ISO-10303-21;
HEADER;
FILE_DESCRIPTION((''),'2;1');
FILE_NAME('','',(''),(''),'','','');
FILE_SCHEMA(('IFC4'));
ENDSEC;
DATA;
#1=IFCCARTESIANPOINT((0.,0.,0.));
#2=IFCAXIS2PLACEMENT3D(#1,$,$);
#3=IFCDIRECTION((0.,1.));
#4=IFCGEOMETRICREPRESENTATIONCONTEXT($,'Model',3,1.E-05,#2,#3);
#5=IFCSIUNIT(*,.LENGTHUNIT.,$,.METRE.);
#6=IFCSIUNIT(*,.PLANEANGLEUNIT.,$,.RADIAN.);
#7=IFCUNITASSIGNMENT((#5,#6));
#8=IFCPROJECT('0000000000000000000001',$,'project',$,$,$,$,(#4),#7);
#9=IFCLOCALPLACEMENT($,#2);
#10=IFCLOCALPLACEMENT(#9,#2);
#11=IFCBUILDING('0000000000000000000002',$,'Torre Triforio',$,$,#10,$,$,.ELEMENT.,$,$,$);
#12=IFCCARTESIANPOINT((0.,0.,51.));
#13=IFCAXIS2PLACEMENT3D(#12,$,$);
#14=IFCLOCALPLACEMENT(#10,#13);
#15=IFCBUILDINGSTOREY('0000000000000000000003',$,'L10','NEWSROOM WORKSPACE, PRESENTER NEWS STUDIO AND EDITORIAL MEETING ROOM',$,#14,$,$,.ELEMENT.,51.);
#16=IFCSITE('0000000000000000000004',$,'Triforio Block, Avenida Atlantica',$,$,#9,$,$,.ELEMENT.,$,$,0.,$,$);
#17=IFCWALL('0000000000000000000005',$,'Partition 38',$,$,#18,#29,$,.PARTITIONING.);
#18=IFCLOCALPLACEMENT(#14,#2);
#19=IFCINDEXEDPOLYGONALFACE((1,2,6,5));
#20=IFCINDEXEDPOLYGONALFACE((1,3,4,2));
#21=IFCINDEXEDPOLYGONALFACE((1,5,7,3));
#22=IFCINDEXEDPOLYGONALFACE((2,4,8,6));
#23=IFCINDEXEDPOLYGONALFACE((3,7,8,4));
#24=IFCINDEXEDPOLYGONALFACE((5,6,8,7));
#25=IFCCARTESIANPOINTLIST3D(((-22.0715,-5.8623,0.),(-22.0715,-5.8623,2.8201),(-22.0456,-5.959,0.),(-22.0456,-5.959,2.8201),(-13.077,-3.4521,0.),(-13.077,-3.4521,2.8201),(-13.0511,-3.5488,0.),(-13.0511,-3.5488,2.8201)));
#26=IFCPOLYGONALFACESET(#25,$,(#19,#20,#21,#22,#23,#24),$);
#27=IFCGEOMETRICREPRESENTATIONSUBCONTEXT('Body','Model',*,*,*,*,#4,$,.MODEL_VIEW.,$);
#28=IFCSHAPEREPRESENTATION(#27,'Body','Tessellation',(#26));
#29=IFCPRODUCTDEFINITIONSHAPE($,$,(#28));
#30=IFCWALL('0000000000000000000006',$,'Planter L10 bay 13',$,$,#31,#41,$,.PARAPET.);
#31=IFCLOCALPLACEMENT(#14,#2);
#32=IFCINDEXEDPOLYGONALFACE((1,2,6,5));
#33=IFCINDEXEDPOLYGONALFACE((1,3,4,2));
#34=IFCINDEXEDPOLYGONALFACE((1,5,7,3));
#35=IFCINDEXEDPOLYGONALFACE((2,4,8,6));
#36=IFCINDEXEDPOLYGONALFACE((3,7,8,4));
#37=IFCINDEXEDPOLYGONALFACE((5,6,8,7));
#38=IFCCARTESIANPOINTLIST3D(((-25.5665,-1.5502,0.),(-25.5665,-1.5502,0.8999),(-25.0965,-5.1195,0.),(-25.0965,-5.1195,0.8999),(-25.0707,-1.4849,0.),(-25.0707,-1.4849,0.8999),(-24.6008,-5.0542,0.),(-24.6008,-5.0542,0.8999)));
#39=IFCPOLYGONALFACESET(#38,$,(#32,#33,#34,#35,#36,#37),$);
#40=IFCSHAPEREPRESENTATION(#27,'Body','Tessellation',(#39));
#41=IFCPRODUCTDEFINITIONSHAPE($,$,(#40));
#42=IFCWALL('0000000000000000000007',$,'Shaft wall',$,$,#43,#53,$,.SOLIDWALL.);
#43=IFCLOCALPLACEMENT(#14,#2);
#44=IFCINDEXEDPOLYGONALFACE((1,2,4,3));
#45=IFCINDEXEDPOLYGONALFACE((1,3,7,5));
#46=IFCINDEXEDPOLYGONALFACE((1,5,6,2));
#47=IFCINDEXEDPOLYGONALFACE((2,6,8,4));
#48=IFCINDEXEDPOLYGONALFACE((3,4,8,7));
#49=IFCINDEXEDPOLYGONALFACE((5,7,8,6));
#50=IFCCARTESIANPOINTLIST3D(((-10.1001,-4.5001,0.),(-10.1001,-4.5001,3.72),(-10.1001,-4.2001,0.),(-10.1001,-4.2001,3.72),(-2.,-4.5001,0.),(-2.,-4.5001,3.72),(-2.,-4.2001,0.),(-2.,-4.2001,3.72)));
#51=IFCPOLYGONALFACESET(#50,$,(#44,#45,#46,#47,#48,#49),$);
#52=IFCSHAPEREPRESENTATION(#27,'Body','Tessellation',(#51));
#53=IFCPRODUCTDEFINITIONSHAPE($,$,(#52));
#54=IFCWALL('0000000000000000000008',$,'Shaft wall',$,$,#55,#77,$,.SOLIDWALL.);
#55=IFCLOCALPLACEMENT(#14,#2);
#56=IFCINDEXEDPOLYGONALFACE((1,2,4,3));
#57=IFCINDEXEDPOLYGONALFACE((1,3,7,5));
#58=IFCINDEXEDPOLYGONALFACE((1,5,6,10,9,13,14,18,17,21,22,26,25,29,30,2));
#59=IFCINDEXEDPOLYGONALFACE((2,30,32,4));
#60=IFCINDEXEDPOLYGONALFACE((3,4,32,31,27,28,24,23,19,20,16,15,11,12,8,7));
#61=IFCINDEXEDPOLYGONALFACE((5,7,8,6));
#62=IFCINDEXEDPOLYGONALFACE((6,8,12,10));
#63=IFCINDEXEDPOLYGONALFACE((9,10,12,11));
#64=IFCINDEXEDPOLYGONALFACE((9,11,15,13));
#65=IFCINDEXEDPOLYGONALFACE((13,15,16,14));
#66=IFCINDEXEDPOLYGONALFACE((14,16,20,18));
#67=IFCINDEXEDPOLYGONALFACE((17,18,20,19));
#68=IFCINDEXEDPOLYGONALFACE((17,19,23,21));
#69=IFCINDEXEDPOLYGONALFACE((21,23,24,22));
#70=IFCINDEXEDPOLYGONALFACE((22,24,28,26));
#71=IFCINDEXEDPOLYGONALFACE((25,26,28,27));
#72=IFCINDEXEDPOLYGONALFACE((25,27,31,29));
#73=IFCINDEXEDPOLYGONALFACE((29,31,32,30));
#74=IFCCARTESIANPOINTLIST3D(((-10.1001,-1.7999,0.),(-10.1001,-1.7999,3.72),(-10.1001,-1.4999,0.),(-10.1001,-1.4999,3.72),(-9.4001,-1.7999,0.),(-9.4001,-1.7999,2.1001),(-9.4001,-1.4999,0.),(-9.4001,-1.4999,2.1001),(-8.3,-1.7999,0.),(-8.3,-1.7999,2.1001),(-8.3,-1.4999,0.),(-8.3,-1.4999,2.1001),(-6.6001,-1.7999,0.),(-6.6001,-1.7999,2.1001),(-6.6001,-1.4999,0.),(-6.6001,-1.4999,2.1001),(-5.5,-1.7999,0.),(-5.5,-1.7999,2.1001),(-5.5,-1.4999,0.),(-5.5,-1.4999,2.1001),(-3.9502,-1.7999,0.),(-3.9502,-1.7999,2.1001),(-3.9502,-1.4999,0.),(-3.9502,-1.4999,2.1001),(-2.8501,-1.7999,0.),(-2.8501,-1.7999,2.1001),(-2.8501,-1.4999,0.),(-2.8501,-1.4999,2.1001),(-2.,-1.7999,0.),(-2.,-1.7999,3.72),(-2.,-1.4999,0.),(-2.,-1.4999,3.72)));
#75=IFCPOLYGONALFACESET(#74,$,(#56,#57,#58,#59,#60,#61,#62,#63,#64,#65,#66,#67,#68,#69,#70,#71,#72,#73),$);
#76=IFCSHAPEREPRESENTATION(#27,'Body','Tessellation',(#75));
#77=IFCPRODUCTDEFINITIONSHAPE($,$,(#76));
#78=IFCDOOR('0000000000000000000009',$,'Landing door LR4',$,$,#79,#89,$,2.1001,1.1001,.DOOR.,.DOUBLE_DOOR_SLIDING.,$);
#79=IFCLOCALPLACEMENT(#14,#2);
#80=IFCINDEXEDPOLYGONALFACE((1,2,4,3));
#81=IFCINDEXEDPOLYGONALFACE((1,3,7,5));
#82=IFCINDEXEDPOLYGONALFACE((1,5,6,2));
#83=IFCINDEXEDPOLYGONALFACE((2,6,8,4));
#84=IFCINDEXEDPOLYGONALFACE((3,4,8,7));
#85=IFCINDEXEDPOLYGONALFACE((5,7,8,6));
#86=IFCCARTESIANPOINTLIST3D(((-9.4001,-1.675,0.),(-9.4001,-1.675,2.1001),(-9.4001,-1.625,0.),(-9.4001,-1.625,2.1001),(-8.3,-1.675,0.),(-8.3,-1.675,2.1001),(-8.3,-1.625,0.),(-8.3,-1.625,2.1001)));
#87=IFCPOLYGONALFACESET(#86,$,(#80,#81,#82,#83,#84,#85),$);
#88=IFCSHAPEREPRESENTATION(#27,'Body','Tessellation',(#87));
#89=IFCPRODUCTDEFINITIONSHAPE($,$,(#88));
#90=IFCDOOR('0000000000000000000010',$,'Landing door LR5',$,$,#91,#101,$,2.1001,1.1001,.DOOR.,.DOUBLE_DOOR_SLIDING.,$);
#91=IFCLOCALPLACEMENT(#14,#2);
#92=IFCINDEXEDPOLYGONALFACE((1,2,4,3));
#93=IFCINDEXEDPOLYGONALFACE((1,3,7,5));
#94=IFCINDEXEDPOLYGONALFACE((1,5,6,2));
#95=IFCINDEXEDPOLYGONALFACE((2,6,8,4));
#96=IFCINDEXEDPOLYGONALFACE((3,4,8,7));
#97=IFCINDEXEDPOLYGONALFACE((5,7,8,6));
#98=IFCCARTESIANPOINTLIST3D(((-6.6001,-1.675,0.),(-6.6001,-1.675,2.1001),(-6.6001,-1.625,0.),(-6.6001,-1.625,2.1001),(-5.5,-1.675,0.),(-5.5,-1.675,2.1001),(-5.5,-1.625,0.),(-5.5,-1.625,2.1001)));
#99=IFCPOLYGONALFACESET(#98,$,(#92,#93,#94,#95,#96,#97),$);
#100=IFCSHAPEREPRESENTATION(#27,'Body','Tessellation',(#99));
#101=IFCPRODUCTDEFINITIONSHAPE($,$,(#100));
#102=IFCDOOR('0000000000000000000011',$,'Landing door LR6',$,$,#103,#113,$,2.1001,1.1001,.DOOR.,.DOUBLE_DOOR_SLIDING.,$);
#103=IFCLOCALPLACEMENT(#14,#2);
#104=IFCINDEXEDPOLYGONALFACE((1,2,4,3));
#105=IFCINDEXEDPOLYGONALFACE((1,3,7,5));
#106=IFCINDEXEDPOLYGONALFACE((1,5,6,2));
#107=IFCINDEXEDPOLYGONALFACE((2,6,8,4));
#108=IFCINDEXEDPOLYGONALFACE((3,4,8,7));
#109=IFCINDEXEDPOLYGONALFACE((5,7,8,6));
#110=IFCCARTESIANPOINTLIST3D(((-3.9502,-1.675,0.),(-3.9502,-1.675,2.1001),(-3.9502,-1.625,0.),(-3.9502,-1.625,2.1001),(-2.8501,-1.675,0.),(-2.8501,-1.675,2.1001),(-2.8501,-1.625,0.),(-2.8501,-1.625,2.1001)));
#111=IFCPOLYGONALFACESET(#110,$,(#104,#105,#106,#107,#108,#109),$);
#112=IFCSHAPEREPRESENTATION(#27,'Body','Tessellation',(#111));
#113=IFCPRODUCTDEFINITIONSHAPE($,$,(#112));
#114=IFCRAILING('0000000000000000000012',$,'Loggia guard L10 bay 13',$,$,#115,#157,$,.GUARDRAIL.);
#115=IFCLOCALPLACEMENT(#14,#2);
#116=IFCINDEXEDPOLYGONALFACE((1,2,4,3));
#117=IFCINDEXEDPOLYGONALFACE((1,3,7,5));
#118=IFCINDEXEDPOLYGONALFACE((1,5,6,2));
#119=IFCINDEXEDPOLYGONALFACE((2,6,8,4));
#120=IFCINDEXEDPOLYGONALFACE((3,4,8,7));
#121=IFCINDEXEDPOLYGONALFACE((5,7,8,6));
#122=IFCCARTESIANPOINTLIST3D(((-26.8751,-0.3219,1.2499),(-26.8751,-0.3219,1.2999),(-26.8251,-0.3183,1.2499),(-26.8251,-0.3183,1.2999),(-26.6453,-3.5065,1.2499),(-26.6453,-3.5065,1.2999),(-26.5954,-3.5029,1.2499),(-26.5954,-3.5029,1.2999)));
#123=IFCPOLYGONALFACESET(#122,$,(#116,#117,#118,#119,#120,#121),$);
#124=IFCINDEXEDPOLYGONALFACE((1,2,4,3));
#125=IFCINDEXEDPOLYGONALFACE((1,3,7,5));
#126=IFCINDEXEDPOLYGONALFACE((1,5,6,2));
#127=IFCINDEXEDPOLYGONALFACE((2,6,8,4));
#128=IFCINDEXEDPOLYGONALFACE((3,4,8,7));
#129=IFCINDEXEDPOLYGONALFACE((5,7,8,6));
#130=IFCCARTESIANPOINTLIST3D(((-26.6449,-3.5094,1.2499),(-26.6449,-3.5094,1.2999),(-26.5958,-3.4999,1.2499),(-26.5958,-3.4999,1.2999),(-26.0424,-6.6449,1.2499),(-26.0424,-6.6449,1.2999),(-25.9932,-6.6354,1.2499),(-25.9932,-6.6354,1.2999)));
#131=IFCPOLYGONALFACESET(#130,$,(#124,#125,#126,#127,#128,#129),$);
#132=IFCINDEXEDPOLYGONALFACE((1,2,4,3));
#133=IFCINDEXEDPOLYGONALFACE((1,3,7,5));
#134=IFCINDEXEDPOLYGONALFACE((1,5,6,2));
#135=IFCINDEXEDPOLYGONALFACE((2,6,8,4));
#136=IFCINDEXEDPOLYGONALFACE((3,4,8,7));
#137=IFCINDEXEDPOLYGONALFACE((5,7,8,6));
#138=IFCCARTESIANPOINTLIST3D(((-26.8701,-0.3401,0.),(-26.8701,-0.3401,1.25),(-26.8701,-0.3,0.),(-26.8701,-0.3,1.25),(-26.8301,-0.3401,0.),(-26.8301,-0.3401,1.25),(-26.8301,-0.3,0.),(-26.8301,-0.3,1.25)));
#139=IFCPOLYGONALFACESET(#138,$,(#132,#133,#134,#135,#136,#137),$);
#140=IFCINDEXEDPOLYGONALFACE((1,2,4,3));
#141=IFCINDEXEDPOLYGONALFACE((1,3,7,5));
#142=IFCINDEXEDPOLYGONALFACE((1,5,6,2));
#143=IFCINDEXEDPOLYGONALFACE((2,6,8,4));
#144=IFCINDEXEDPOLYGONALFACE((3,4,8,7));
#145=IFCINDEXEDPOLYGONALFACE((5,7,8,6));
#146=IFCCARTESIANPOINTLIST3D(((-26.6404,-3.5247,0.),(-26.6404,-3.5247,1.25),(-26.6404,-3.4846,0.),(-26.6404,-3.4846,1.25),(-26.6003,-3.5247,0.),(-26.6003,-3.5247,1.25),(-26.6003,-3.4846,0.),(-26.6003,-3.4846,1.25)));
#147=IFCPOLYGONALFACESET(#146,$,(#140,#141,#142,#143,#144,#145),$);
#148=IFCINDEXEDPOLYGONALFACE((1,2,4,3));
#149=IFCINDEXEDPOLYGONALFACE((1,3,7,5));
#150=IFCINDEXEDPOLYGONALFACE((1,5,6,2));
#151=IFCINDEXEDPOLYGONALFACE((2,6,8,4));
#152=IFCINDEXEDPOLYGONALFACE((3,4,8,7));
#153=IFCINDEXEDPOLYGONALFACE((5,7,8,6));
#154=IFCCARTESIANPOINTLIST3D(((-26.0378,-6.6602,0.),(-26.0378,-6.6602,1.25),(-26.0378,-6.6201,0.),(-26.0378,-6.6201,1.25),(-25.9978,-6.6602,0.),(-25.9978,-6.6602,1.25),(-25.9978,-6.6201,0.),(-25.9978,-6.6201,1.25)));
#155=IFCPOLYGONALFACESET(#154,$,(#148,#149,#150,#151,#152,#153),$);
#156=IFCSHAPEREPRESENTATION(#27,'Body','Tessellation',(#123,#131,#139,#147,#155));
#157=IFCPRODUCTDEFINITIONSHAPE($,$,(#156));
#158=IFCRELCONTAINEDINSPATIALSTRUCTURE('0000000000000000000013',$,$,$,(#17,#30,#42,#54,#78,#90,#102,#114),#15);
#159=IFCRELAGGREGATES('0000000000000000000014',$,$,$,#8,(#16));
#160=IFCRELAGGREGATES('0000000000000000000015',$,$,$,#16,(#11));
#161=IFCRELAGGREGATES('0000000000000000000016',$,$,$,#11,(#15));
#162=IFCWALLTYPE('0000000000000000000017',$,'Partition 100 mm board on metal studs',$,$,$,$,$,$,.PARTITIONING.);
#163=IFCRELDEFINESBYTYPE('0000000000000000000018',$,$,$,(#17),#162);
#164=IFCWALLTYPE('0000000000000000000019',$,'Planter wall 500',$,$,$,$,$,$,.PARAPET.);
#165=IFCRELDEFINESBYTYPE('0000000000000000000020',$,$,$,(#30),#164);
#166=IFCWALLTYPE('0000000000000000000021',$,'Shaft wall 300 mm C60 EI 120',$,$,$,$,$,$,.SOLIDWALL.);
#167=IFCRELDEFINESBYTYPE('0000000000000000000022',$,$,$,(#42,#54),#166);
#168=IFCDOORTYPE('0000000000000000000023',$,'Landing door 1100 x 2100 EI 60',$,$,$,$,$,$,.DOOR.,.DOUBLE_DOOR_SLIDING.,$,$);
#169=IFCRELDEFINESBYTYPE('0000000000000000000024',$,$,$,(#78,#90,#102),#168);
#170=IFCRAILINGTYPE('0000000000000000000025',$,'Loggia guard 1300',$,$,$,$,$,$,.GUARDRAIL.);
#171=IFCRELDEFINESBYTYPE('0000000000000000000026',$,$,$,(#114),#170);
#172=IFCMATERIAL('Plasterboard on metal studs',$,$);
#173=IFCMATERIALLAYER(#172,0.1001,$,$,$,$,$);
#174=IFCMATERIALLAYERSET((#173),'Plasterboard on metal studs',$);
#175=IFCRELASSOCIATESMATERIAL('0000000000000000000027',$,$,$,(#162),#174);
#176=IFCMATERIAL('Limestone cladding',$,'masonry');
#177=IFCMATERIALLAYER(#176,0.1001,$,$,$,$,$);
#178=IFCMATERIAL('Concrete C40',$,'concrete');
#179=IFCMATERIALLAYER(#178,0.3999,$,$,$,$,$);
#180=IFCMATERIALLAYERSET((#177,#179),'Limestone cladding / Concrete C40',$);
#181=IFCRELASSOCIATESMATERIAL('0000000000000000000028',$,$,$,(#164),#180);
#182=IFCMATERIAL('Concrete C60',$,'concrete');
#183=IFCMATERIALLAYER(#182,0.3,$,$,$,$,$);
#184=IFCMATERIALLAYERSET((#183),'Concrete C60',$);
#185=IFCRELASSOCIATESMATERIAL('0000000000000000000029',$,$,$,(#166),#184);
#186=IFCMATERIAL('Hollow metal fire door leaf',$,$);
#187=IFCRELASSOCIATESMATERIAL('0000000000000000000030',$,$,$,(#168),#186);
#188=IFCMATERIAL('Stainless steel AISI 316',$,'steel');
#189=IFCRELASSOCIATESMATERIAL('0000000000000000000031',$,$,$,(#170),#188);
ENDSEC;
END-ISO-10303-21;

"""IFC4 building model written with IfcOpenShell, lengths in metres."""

from ifc_helpers import new_model, si_unit, direction, frame, frame_2d, origin, origin_2d, place, context, subcontext, project, spatial, rectangle, extrude, material, layer, layer_set, type_object, element, fill, save


model = new_model("IFC4")

# Units and contexts
model_context = context("Model", 3, precision=1e-05, world=origin(), true_north=direction((0.0, 1.0)))
body_context = subcontext(model_context, "Body", "Model", "MODEL_VIEW")
ifc_project = project(units=[si_unit("LENGTHUNIT", "METRE"), si_unit("PLANEANGLEUNIT", "RADIAN")], contexts=[model_context])

# Site, building, storey
site_placement = place(None, origin())
site = spatial("IfcSite", under=ifc_project, at=site_placement, Name="Triforio Block, Avenida Atlantica", CompositionType="ELEMENT", RefElevation=0.0)
building_placement = place(site_placement, origin())
building = spatial("IfcBuilding", under=site, at=building_placement, Name="Torre Triforio", CompositionType="ELEMENT")
storey_placement = place(building_placement, frame((0.0, 0.0, 51.0)))
storey = spatial("IfcBuildingStorey", under=building, at=storey_placement, Name="L10", Description="NEWSROOM WORKSPACE, PRESENTER NEWS STUDIO AND EDITORIAL MEETING ROOM", CompositionType="ELEMENT", Elevation=51.0)

# Shared definitions
ifc_material_1 = material(Name="Concrete C60", Category="concrete")
ifc_material_2 = material(Name="Hollow metal fire door leaf")

# Shared definitions
ifc_material_3 = material(Name="Plasterboard on metal studs")

# Walls
ifc_layer_1 = layer(ifc_material_3, 0.1001)
ifc_layer_set_1 = layer_set([ifc_layer_1], Name="Plasterboard on metal studs")
wall_type_1 = type_object("IfcWallType", Name="Partition 100 mm board on metal studs", PredefinedType="PARTITIONING", material=ifc_layer_set_1)
wall_1_placement = place(storey_placement, frame((-13.0642, -3.5005, 0.0), z_axis=(0.0, 0.0, 1.0), x_axis=(-0.965923, -0.258831, 0.0)))
element("IfcWall", 1, at=wall_1_placement, inside=storey, type_object=wall_type_1, Name="Partition 38", PredefinedType="PARTITIONING", context=body_context, shape_type="SweptSolid", body=[
    extrude(rectangle(XDim=9.3118, YDim=0.1001, at=frame_2d((4.6558, 0.0))), origin(), (0.0, 0.0, 1.0), 2.8201),
])
ifc_material_4 = material(Name="Limestone cladding", Category="masonry")
ifc_layer_2 = layer(ifc_material_4, 0.1001)
ifc_material_5 = material(Name="Concrete C40", Category="concrete")
ifc_layer_3 = layer(ifc_material_5, 0.3999)
ifc_layer_set_2 = layer_set([ifc_layer_2, ifc_layer_3], Name="Limestone cladding / Concrete C40")
wall_type_2 = type_object("IfcWallType", Name="Planter wall 500", PredefinedType="PARAPET", material=ifc_layer_set_2)
wall_2_placement = place(storey_placement, frame((-25.3186, -1.5176, 0.0), z_axis=(0.0, 0.0, 1.0), x_axis=(0.130542, -0.991443, 0.0)))
element("IfcWall", 2, at=wall_2_placement, inside=storey, type_object=wall_type_2, Name="Planter L10 bay 13", PredefinedType="PARAPET", context=body_context, shape_type="SweptSolid", body=[
    extrude(rectangle(XDim=3.6001, YDim=0.5, at=frame_2d((1.8, 0.0))), origin(), (0.0, 0.0, 1.0), 0.8999),
])
ifc_layer_4 = layer(ifc_material_1, 0.3)
ifc_layer_set_3 = layer_set([ifc_layer_4], Name="Concrete C60")
wall_type_3 = type_object("IfcWallType", Name="Shaft wall 300 mm C60 EI 120", PredefinedType="SOLIDWALL", material=ifc_layer_set_3)
wall_3_placement = place(storey_placement, frame((-10.1001, -4.3501, 0.0), z_axis=(0.0, 0.0, 1.0), x_axis=(1.0, 0.0, 0.0)))
element("IfcWall", 3, at=wall_3_placement, inside=storey, type_object=wall_type_3, Name="Shaft wall", PredefinedType="SOLIDWALL", context=body_context, shape_type="SweptSolid", body=[
    extrude(rectangle(XDim=8.1001, YDim=0.3, at=frame_2d((4.05, 0.0))), origin(), (0.0, 0.0, 1.0), 3.72),
])

# Wall, openings, doors
wall_4_placement = place(storey_placement, frame((-10.1001, -1.6499, 0.0), z_axis=(0.0, 0.0, 1.0), x_axis=(1.0, 0.0, 0.0)))
wall_4 = element("IfcWall", 4, at=wall_4_placement, inside=storey, type_object=wall_type_3, Name="Shaft wall", PredefinedType="SOLIDWALL", context=body_context, shape_type="SweptSolid", body=[
    extrude(rectangle(XDim=8.1001, YDim=0.3, at=frame_2d((4.05, 0.0))), origin(), (0.0, 0.0, 1.0), 3.72),
])
opening_1_placement = place(wall_4_placement, frame((0.7, 0.0, 0.0)))
opening_1 = element("IfcOpeningElement", 5, at=opening_1_placement, cuts=wall_4, PredefinedType="OPENING", context=body_context, shape_type="SweptSolid", body=[
    extrude(rectangle(XDim=1.1001, YDim=2.1001, at=frame_2d((0.55, 1.05))), frame((0.0, 0.1599, 0.0), z_axis=(0.0, -1.0, 0.0), x_axis=(1.0, 0.0, 0.0)), (0.0, 0.0, 1.0), 0.3201),
])
opening_2_placement = place(wall_4_placement, frame((3.5, 0.0, 0.0)))
opening_2 = element("IfcOpeningElement", 6, at=opening_2_placement, cuts=wall_4, PredefinedType="OPENING", context=body_context, shape_type="SweptSolid", body=[
    extrude(rectangle(XDim=1.1001, YDim=2.1001, at=frame_2d((0.55, 1.05))), frame((0.0, 0.1599, 0.0), z_axis=(0.0, -1.0, 0.0), x_axis=(1.0, 0.0, 0.0)), (0.0, 0.0, 1.0), 0.3201),
])
opening_3_placement = place(wall_4_placement, frame((6.1499, 0.0, 0.0)))
opening_3 = element("IfcOpeningElement", 7, at=opening_3_placement, cuts=wall_4, PredefinedType="OPENING", context=body_context, shape_type="SweptSolid", body=[
    extrude(rectangle(XDim=1.1001, YDim=2.1001, at=frame_2d((0.55, 1.05))), frame((0.0, 0.1599, 0.0), z_axis=(0.0, -1.0, 0.0), x_axis=(1.0, 0.0, 0.0)), (0.0, 0.0, 1.0), 0.3201),
])
door_type_1 = type_object("IfcDoorType", Name="Landing door 1100 x 2100 EI 60", OperationType="DOUBLE_DOOR_SLIDING", PredefinedType="DOOR", material=ifc_material_2)
door_1_placement = place(opening_1_placement, origin())
door_1 = element("IfcDoor", 8, at=door_1_placement, inside=storey, type_object=door_type_1, Name="Landing door LR4", OperationType="DOUBLE_DOOR_SLIDING", OverallHeight=2.1001, OverallWidth=1.1001, PredefinedType="DOOR", context=body_context, shape_type="SweptSolid", body=[
    extrude(rectangle(XDim=1.1001, YDim=2.1001, at=frame_2d((0.55, 1.05))), frame((0.0, 0.0249, 0.0), z_axis=(0.0, -1.0, 0.0), x_axis=(1.0, 0.0, 0.0)), (0.0, 0.0, 1.0), 0.05),
])
fill(opening_1, door_1)
door_2_placement = place(opening_2_placement, origin())
door_2 = element("IfcDoor", 9, at=door_2_placement, inside=storey, type_object=door_type_1, Name="Landing door LR5", OperationType="DOUBLE_DOOR_SLIDING", OverallHeight=2.1001, OverallWidth=1.1001, PredefinedType="DOOR", context=body_context, shape_type="SweptSolid", body=[
    extrude(rectangle(XDim=1.1001, YDim=2.1001, at=frame_2d((0.55, 1.05))), frame((0.0, 0.0249, 0.0), z_axis=(0.0, -1.0, 0.0), x_axis=(1.0, 0.0, 0.0)), (0.0, 0.0, 1.0), 0.05),
])
fill(opening_2, door_2)
door_3_placement = place(opening_3_placement, origin())
door_3 = element("IfcDoor", 10, at=door_3_placement, inside=storey, type_object=door_type_1, Name="Landing door LR6", OperationType="DOUBLE_DOOR_SLIDING", OverallHeight=2.1001, OverallWidth=1.1001, PredefinedType="DOOR", context=body_context, shape_type="SweptSolid", body=[
    extrude(rectangle(XDim=1.1001, YDim=2.1001, at=frame_2d((0.55, 1.05))), frame((0.0, 0.0249, 0.0), z_axis=(0.0, -1.0, 0.0), x_axis=(1.0, 0.0, 0.0)), (0.0, 0.0, 1.0), 0.05),
])
fill(opening_3, door_3)

# Railing
ifc_material_6 = material(Name="Stainless steel AISI 316", Category="steel")
railing_type = type_object("IfcRailingType", Name="Loggia guard 1300", PredefinedType="GUARDRAIL", material=ifc_material_6)
railing_placement = place(storey_placement, frame((-26.8501, -0.3201, 0.0)))
element("IfcRailing", 11, at=railing_placement, inside=storey, type_object=railing_type, Name="Loggia guard L10 bay 13", PredefinedType="GUARDRAIL", context=body_context, shape_type="SweptSolid", body=[
    extrude(rectangle(XDim=0.05, YDim=0.05, at=origin_2d()), frame((0.0, 0.0, 1.2749), z_axis=(0.071953, -0.997408, 0.0), x_axis=(0.997408, 0.071953, 0.0)), (0.0, 0.0, 1.0), 3.1929),
    extrude(rectangle(XDim=0.05, YDim=0.05, at=origin_2d()), frame((0.2297, -3.1846, 1.2749), z_axis=(0.188714, -0.982032, 0.0), x_axis=(0.982032, 0.188714, 0.0)), (0.0, 0.0, 1.0), 3.1929),
    extrude(rectangle(XDim=0.04, YDim=0.04, at=origin_2d()), origin(), (0.0, 0.0, 1.0), 1.25),
    extrude(rectangle(XDim=0.04, YDim=0.04, at=origin_2d()), frame((0.2297, -3.1846, 0.0)), (0.0, 0.0, 1.0), 1.25),
    extrude(rectangle(XDim=0.04, YDim=0.04, at=origin_2d()), frame((0.8323, -6.3201, 0.0)), (0.0, 0.0, 1.0), 1.25),
])

save(model, "model.ifc")
